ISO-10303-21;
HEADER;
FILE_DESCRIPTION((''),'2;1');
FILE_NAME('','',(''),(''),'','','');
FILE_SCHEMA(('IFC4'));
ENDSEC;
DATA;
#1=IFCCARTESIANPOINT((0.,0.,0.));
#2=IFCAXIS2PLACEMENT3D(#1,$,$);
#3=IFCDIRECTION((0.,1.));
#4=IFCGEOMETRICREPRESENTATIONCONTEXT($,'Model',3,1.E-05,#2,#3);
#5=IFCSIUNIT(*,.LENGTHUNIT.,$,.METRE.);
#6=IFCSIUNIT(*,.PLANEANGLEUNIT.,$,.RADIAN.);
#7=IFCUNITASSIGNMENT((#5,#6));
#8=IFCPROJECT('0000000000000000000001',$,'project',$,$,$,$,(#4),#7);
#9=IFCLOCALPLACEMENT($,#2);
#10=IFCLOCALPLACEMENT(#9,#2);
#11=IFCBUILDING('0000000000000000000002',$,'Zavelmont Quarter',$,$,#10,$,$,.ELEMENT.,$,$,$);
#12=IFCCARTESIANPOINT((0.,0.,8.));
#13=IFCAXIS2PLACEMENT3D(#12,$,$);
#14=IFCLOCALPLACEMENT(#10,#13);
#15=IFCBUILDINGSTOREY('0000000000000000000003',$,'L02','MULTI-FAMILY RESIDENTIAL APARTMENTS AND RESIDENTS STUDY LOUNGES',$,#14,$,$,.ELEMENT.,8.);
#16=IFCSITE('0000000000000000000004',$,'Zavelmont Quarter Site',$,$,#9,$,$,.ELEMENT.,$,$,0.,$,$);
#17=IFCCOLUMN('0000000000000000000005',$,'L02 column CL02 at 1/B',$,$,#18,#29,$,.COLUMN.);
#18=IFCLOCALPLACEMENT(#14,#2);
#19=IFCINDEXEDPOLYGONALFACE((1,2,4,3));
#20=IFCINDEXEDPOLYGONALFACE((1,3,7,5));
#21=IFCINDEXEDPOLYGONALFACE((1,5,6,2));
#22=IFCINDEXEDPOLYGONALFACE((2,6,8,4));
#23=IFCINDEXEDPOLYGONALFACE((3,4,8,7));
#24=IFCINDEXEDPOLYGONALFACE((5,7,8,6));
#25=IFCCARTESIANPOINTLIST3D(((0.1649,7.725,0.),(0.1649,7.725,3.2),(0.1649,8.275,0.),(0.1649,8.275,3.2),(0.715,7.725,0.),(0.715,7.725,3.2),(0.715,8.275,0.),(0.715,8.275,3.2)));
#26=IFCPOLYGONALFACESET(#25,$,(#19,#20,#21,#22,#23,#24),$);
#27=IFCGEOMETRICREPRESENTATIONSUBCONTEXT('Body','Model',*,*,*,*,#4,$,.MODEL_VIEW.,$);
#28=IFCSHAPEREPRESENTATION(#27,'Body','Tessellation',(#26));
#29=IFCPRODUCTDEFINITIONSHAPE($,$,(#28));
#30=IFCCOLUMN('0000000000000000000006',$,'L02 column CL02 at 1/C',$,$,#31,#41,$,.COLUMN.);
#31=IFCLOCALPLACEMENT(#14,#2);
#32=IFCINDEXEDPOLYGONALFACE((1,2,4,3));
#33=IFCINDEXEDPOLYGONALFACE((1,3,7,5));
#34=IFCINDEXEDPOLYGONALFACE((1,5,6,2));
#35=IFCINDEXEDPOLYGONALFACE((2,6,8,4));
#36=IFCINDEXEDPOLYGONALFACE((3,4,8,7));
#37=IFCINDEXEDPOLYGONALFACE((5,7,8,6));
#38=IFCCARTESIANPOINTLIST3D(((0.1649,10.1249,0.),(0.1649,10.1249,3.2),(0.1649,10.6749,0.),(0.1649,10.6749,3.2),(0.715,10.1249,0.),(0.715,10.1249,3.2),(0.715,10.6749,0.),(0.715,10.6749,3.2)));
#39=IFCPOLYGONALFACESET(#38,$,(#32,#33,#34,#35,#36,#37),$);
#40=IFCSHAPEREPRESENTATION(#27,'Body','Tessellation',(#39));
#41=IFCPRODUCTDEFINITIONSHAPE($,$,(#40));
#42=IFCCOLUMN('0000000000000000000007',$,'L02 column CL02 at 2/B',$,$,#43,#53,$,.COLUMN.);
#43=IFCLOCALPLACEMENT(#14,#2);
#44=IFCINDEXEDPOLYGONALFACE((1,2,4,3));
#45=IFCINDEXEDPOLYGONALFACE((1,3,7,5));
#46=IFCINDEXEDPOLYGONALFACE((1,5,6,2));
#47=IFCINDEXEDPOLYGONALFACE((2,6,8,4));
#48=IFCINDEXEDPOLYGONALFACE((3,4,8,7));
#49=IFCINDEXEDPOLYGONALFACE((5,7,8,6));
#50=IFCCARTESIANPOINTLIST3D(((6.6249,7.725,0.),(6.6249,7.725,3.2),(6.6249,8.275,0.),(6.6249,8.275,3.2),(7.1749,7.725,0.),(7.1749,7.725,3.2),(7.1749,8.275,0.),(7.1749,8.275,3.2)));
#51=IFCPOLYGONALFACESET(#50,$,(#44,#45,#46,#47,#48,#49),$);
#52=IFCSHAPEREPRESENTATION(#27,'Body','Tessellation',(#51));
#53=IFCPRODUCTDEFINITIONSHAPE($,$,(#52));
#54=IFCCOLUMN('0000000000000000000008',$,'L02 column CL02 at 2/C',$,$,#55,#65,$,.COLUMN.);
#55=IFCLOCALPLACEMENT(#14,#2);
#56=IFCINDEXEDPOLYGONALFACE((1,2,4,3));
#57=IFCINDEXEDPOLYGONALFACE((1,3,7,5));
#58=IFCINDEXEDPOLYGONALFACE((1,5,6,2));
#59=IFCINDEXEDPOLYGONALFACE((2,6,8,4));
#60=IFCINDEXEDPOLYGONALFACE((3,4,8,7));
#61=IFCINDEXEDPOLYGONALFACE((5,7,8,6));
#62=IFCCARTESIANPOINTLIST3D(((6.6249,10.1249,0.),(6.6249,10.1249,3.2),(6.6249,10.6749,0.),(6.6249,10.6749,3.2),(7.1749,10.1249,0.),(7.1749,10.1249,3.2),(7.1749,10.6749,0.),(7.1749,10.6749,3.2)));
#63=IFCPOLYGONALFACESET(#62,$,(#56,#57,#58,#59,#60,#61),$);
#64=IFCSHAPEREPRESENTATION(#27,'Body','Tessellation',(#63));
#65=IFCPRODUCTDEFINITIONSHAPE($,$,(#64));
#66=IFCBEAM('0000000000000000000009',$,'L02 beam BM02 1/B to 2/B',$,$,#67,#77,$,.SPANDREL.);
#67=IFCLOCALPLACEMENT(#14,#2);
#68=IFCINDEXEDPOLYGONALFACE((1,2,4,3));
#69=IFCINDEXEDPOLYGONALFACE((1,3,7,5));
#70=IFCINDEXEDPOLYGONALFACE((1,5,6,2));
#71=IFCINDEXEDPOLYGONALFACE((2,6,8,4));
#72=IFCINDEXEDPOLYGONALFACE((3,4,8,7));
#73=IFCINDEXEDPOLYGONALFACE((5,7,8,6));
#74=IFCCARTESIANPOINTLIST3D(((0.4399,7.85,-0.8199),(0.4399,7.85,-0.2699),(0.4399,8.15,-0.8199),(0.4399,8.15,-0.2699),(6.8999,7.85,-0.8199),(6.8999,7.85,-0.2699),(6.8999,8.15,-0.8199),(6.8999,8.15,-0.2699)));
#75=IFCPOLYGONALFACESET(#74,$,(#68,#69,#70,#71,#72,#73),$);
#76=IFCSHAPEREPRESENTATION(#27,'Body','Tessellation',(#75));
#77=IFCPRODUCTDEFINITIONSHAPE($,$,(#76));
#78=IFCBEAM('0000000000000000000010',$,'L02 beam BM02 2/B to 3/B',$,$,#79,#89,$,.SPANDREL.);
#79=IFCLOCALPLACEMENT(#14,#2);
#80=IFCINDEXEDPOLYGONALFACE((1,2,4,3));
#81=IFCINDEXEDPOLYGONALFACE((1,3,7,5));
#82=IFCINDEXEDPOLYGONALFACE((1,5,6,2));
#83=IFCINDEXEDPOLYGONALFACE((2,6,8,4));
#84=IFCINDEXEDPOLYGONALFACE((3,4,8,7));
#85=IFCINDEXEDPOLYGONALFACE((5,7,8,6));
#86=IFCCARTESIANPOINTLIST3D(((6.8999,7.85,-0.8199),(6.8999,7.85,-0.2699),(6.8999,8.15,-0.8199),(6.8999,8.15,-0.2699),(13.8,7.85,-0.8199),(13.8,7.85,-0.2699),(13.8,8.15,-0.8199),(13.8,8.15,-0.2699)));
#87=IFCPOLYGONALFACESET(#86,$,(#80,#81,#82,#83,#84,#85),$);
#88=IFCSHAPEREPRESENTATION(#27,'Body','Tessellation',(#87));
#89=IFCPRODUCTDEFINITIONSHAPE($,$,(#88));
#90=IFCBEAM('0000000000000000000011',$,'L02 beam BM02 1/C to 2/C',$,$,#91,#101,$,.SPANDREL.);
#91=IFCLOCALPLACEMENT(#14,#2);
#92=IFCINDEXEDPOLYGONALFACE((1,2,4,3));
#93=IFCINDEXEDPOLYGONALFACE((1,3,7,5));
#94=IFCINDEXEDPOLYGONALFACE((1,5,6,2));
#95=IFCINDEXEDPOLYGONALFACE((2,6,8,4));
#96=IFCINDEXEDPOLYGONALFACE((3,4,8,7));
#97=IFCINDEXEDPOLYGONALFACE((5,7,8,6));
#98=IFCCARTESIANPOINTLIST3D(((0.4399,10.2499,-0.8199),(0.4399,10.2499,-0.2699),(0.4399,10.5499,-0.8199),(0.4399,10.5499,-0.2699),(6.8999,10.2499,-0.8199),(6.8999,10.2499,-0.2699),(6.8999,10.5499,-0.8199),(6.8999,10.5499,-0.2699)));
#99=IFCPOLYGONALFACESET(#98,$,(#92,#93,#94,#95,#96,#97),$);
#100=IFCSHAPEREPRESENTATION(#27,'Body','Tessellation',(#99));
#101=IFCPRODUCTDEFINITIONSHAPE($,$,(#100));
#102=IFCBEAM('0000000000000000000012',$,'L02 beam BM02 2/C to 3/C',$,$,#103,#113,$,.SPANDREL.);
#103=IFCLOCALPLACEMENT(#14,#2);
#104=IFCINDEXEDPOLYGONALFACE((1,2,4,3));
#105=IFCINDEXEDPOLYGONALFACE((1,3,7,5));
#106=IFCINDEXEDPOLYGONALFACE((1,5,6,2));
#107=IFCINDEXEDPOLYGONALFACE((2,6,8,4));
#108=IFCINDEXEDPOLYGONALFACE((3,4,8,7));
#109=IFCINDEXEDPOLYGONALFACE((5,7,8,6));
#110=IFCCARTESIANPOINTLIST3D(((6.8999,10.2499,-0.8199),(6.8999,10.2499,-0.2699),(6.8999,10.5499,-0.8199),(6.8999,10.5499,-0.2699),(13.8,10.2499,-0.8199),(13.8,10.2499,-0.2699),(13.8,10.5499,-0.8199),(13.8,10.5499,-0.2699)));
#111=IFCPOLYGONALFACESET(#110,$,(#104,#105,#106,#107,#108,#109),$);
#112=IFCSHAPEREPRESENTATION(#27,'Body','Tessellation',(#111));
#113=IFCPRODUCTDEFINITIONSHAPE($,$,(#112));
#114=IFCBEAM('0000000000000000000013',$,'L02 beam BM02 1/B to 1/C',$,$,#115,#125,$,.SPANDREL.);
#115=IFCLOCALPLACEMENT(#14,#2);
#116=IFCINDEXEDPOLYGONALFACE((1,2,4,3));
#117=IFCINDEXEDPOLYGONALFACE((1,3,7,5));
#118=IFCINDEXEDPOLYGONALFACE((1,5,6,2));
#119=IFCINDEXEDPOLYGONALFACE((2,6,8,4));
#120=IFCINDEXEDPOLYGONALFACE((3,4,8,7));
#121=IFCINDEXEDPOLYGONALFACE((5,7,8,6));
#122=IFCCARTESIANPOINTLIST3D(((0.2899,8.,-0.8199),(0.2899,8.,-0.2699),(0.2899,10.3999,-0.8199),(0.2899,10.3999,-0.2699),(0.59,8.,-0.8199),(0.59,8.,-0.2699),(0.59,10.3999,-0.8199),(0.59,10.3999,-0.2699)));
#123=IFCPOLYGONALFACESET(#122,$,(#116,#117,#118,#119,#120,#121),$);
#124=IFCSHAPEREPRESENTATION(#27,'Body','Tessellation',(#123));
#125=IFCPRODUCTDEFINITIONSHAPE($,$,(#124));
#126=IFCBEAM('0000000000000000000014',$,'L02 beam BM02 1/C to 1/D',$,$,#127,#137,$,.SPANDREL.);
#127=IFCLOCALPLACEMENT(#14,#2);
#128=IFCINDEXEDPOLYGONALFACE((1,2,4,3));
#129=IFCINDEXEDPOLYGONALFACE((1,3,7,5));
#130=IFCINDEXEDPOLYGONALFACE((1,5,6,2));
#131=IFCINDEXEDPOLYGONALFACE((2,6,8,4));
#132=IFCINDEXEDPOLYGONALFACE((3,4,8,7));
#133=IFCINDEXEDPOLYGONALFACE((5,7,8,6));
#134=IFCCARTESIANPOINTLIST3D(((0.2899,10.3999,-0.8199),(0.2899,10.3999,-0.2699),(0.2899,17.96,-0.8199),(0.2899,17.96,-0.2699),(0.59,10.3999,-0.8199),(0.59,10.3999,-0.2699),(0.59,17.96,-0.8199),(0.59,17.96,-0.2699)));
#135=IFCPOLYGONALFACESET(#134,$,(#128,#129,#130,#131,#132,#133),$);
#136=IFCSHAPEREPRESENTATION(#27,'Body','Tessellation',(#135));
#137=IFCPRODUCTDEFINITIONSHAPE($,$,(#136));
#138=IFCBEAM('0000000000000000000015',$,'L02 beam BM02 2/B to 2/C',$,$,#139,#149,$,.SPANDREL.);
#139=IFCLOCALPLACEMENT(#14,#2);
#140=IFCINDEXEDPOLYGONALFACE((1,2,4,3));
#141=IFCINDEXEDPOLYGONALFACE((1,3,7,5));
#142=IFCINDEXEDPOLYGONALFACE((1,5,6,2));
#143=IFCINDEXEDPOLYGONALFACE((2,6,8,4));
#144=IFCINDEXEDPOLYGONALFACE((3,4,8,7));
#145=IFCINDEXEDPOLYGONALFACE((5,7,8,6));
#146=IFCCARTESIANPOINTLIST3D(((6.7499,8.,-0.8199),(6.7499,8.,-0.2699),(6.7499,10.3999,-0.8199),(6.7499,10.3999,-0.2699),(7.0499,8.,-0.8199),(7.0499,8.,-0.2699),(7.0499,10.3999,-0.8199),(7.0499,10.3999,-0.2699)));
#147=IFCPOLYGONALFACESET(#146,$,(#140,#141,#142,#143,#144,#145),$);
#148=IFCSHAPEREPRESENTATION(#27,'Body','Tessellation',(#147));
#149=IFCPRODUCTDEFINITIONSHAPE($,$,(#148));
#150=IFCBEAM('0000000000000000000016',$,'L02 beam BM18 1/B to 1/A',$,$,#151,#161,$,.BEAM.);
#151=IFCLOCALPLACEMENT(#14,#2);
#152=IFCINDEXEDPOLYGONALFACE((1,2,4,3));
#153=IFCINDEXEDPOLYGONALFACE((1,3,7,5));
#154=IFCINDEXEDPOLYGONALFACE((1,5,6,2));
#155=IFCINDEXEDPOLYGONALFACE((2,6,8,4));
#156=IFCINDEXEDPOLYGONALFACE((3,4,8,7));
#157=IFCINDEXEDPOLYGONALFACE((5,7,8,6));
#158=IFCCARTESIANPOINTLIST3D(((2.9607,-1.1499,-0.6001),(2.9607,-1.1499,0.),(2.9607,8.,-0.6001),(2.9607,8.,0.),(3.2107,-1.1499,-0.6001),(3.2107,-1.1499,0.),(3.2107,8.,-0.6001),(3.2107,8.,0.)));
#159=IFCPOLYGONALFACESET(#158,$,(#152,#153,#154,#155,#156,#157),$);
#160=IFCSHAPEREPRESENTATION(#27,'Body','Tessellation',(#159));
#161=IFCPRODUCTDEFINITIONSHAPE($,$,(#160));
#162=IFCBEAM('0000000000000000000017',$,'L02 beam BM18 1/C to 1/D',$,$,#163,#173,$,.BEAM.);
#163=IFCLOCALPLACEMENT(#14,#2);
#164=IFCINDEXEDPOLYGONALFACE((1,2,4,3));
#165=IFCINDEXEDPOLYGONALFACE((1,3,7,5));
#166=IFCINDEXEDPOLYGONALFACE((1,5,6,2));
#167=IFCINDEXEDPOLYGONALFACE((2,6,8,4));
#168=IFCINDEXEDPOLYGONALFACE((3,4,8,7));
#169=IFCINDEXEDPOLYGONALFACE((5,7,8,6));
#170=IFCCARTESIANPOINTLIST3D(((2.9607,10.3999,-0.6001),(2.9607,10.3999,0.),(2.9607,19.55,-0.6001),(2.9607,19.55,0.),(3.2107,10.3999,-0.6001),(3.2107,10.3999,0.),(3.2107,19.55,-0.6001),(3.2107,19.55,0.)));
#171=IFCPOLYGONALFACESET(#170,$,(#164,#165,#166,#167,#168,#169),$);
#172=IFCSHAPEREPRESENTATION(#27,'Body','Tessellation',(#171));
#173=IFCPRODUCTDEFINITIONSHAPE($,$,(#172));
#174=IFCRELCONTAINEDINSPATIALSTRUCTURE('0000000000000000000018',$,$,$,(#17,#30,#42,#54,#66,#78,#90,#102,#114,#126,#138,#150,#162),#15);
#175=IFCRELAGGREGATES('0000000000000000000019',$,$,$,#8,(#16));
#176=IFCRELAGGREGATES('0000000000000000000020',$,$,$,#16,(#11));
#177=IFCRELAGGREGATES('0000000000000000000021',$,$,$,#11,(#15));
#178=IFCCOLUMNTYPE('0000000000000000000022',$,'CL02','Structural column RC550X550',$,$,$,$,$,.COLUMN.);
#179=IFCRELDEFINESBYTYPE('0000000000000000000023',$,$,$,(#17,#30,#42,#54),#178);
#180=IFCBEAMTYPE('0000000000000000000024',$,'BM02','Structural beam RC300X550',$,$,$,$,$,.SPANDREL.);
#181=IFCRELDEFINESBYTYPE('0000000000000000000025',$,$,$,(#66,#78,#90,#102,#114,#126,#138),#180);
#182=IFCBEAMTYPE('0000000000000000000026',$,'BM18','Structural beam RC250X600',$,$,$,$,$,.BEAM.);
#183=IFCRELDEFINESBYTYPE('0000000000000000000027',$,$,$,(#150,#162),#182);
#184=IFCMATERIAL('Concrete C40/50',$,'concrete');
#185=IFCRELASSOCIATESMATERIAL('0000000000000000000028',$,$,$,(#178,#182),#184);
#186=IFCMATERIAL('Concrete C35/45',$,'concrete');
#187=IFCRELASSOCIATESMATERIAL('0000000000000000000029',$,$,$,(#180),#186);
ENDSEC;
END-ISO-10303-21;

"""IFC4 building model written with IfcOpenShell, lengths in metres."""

from ifc_helpers import new_model, si_unit, direction, frame, origin, origin_2d, place, context, subcontext, project, spatial, rectangle, extrude, material, material_profile, profile_set, type_object, element, save


model = new_model("IFC4")

# Units and contexts
model_context = context("Model", 3, precision=1e-05, world=origin(), true_north=direction((0.0, 1.0)))
body_context = subcontext(model_context, "Body", "Model", "MODEL_VIEW")
ifc_project = project(units=[si_unit("LENGTHUNIT", "METRE"), si_unit("PLANEANGLEUNIT", "RADIAN")], contexts=[model_context])

# Site, building, storey
site_placement = place(None, origin())
site = spatial("IfcSite", under=ifc_project, at=site_placement, Name="Zavelmont Quarter Site", CompositionType="ELEMENT", RefElevation=0.0)
building_placement = place(site_placement, origin())
building = spatial("IfcBuilding", under=site, at=building_placement, Name="Zavelmont Quarter", CompositionType="ELEMENT")
storey_placement = place(building_placement, frame((0.0, 0.0, 8.0)))
storey = spatial("IfcBuildingStorey", under=building, at=storey_placement, Name="L02", Description="MULTI-FAMILY RESIDENTIAL APARTMENTS AND RESIDENTS STUDY LOUNGES", CompositionType="ELEMENT", Elevation=8.0)

# Columns
ifc_material_1 = material(Name="Concrete C40/50", Category="concrete")
ifc_material_profile_1 = material_profile(ifc_material_1, rectangle(XDim=0.55, YDim=0.55, at=origin_2d()), Name="RC550X550")
ifc_profile_set_1 = profile_set([ifc_material_profile_1], Name="Concrete C40/50")
column_type = type_object("IfcColumnType", Name="CL02", Description="Structural column RC550X550", PredefinedType="COLUMN", material=ifc_profile_set_1)
for number, where, z_axis, x_axis, name in (
    (1, (0.4399, 8.0, 0.0), (0.0, 0.0, 1.0), (1.0, 0.0, 0.0), "L02 column CL02 at 1/B"),
    (2, (0.4399, 10.3999, 0.0), (0.0, 0.0, 1.0), (1.0, 0.0, 0.0), "L02 column CL02 at 1/C"),
    (3, (6.8999, 8.0, 0.0), (0.0, 0.0, 1.0), (1.0, 0.0, 0.0), "L02 column CL02 at 2/B"),
    (4, (6.8999, 10.3999, 0.0), (0.0, 0.0, 1.0), (1.0, 0.0, 0.0), "L02 column CL02 at 2/C"),
):
    element("IfcColumn", number, at=place(storey_placement, frame(where, z_axis=z_axis, x_axis=x_axis)), inside=storey, type_object=column_type, Name=name, PredefinedType="COLUMN", context=body_context, shape_type="SweptSolid", body=[
        extrude(rectangle(XDim=0.55, YDim=0.55, at=origin_2d()), origin(), (0.0, 0.0, 1.0), 3.2),
    ])

# Beams
ifc_material_2 = material(Name="Concrete C35/45", Category="concrete")
ifc_material_profile_2 = material_profile(ifc_material_2, rectangle(XDim=0.3, YDim=0.55, at=origin_2d()), Name="RC300X550")
ifc_profile_set_2 = profile_set([ifc_material_profile_2], Name="Concrete C35/45")
beam_type_1 = type_object("IfcBeamType", Name="BM02", Description="Structural beam RC300X550", PredefinedType="SPANDREL", material=ifc_profile_set_2)
beam_1_placement = place(storey_placement, frame((0.4399, 8.0, -0.5449), z_axis=(1.0, 0.0, 0.0), x_axis=(0.0, 1.0, 0.0)))
element("IfcBeam", 5, at=beam_1_placement, inside=storey, type_object=beam_type_1, Name="L02 beam BM02 1/B to 2/B", PredefinedType="SPANDREL", context=body_context, shape_type="SweptSolid", body=[
    extrude(rectangle(XDim=0.3, YDim=0.55, at=origin_2d()), origin(), (0.0, 0.0, 1.0), 6.46),
])
beam_2_placement = place(storey_placement, frame((6.8999, 8.0, -0.5449), z_axis=(1.0, 0.0, 0.0), x_axis=(0.0, 1.0, 0.0)))
element("IfcBeam", 6, at=beam_2_placement, inside=storey, type_object=beam_type_1, Name="L02 beam BM02 2/B to 3/B", PredefinedType="SPANDREL", context=body_context, shape_type="SweptSolid", body=[
    extrude(rectangle(XDim=0.3, YDim=0.55, at=origin_2d()), origin(), (0.0, 0.0, 1.0), 6.9001),
])
beam_3_placement = place(storey_placement, frame((0.4399, 10.3999, -0.5449), z_axis=(1.0, 0.0, 0.0), x_axis=(0.0, 1.0, 0.0)))
element("IfcBeam", 7, at=beam_3_placement, inside=storey, type_object=beam_type_1, Name="L02 beam BM02 1/C to 2/C", PredefinedType="SPANDREL", context=body_context, shape_type="SweptSolid", body=[
    extrude(rectangle(XDim=0.3, YDim=0.55, at=origin_2d()), origin(), (0.0, 0.0, 1.0), 6.46),
])
beam_4_placement = place(storey_placement, frame((6.8999, 10.3999, -0.5449), z_axis=(1.0, 0.0, 0.0), x_axis=(0.0, 1.0, 0.0)))
element("IfcBeam", 8, at=beam_4_placement, inside=storey, type_object=beam_type_1, Name="L02 beam BM02 2/C to 3/C", PredefinedType="SPANDREL", context=body_context, shape_type="SweptSolid", body=[
    extrude(rectangle(XDim=0.3, YDim=0.55, at=origin_2d()), origin(), (0.0, 0.0, 1.0), 6.9001),
])
beam_5_placement = place(storey_placement, frame((0.4399, 8.0, -0.5449), z_axis=(0.0, 1.0, 0.0), x_axis=(-1.0, 0.0, 0.0)))
element("IfcBeam", 9, at=beam_5_placement, inside=storey, type_object=beam_type_1, Name="L02 beam BM02 1/B to 1/C", PredefinedType="SPANDREL", context=body_context, shape_type="SweptSolid", body=[
    extrude(rectangle(XDim=0.3, YDim=0.55, at=origin_2d()), origin(), (0.0, 0.0, 1.0), 2.3999),
])
beam_6_placement = place(storey_placement, frame((0.4399, 10.3999, -0.5449), z_axis=(0.0, 1.0, 0.0), x_axis=(-1.0, 0.0, 0.0)))
element("IfcBeam", 10, at=beam_6_placement, inside=storey, type_object=beam_type_1, Name="L02 beam BM02 1/C to 1/D", PredefinedType="SPANDREL", context=body_context, shape_type="SweptSolid", body=[
    extrude(rectangle(XDim=0.3, YDim=0.55, at=origin_2d()), origin(), (0.0, 0.0, 1.0), 7.5601),
])
beam_7_placement = place(storey_placement, frame((6.8999, 8.0, -0.5449), z_axis=(0.0, 1.0, 0.0), x_axis=(-1.0, 0.0, 0.0)))
element("IfcBeam", 11, at=beam_7_placement, inside=storey, type_object=beam_type_1, Name="L02 beam BM02 2/B to 2/C", PredefinedType="SPANDREL", context=body_context, shape_type="SweptSolid", body=[
    extrude(rectangle(XDim=0.3, YDim=0.55, at=origin_2d()), origin(), (0.0, 0.0, 1.0), 2.3999),
])
ifc_material_profile_3 = material_profile(ifc_material_1, rectangle(XDim=0.25, YDim=0.6001, at=origin_2d()), Name="RC250X600")
ifc_profile_set_3 = profile_set([ifc_material_profile_3], Name="Concrete C40/50")
beam_type_2 = type_object("IfcBeamType", Name="BM18", Description="Structural beam RC250X600", PredefinedType="BEAM", material=ifc_profile_set_3)
beam_8_placement = place(storey_placement, frame((3.0857, 8.0, -0.3), z_axis=(0.0, -1.0, 0.0), x_axis=(1.0, 0.0, 0.0)))
element("IfcBeam", 12, at=beam_8_placement, inside=storey, type_object=beam_type_2, Name="L02 beam BM18 1/B to 1/A", PredefinedType="BEAM", context=body_context, shape_type="SweptSolid", body=[
    extrude(rectangle(XDim=0.25, YDim=0.6001, at=origin_2d()), origin(), (0.0, 0.0, 1.0), 9.1499),
])
beam_9_placement = place(storey_placement, frame((3.0857, 10.3999, -0.3), z_axis=(0.0, 1.0, 0.0), x_axis=(-1.0, 0.0, 0.0)))
element("IfcBeam", 13, at=beam_9_placement, inside=storey, type_object=beam_type_2, Name="L02 beam BM18 1/C to 1/D", PredefinedType="BEAM", context=body_context, shape_type="SweptSolid", body=[
    extrude(rectangle(XDim=0.25, YDim=0.6001, at=origin_2d()), origin(), (0.0, 0.0, 1.0), 9.1501),
])

save(model, "model.ifc")
